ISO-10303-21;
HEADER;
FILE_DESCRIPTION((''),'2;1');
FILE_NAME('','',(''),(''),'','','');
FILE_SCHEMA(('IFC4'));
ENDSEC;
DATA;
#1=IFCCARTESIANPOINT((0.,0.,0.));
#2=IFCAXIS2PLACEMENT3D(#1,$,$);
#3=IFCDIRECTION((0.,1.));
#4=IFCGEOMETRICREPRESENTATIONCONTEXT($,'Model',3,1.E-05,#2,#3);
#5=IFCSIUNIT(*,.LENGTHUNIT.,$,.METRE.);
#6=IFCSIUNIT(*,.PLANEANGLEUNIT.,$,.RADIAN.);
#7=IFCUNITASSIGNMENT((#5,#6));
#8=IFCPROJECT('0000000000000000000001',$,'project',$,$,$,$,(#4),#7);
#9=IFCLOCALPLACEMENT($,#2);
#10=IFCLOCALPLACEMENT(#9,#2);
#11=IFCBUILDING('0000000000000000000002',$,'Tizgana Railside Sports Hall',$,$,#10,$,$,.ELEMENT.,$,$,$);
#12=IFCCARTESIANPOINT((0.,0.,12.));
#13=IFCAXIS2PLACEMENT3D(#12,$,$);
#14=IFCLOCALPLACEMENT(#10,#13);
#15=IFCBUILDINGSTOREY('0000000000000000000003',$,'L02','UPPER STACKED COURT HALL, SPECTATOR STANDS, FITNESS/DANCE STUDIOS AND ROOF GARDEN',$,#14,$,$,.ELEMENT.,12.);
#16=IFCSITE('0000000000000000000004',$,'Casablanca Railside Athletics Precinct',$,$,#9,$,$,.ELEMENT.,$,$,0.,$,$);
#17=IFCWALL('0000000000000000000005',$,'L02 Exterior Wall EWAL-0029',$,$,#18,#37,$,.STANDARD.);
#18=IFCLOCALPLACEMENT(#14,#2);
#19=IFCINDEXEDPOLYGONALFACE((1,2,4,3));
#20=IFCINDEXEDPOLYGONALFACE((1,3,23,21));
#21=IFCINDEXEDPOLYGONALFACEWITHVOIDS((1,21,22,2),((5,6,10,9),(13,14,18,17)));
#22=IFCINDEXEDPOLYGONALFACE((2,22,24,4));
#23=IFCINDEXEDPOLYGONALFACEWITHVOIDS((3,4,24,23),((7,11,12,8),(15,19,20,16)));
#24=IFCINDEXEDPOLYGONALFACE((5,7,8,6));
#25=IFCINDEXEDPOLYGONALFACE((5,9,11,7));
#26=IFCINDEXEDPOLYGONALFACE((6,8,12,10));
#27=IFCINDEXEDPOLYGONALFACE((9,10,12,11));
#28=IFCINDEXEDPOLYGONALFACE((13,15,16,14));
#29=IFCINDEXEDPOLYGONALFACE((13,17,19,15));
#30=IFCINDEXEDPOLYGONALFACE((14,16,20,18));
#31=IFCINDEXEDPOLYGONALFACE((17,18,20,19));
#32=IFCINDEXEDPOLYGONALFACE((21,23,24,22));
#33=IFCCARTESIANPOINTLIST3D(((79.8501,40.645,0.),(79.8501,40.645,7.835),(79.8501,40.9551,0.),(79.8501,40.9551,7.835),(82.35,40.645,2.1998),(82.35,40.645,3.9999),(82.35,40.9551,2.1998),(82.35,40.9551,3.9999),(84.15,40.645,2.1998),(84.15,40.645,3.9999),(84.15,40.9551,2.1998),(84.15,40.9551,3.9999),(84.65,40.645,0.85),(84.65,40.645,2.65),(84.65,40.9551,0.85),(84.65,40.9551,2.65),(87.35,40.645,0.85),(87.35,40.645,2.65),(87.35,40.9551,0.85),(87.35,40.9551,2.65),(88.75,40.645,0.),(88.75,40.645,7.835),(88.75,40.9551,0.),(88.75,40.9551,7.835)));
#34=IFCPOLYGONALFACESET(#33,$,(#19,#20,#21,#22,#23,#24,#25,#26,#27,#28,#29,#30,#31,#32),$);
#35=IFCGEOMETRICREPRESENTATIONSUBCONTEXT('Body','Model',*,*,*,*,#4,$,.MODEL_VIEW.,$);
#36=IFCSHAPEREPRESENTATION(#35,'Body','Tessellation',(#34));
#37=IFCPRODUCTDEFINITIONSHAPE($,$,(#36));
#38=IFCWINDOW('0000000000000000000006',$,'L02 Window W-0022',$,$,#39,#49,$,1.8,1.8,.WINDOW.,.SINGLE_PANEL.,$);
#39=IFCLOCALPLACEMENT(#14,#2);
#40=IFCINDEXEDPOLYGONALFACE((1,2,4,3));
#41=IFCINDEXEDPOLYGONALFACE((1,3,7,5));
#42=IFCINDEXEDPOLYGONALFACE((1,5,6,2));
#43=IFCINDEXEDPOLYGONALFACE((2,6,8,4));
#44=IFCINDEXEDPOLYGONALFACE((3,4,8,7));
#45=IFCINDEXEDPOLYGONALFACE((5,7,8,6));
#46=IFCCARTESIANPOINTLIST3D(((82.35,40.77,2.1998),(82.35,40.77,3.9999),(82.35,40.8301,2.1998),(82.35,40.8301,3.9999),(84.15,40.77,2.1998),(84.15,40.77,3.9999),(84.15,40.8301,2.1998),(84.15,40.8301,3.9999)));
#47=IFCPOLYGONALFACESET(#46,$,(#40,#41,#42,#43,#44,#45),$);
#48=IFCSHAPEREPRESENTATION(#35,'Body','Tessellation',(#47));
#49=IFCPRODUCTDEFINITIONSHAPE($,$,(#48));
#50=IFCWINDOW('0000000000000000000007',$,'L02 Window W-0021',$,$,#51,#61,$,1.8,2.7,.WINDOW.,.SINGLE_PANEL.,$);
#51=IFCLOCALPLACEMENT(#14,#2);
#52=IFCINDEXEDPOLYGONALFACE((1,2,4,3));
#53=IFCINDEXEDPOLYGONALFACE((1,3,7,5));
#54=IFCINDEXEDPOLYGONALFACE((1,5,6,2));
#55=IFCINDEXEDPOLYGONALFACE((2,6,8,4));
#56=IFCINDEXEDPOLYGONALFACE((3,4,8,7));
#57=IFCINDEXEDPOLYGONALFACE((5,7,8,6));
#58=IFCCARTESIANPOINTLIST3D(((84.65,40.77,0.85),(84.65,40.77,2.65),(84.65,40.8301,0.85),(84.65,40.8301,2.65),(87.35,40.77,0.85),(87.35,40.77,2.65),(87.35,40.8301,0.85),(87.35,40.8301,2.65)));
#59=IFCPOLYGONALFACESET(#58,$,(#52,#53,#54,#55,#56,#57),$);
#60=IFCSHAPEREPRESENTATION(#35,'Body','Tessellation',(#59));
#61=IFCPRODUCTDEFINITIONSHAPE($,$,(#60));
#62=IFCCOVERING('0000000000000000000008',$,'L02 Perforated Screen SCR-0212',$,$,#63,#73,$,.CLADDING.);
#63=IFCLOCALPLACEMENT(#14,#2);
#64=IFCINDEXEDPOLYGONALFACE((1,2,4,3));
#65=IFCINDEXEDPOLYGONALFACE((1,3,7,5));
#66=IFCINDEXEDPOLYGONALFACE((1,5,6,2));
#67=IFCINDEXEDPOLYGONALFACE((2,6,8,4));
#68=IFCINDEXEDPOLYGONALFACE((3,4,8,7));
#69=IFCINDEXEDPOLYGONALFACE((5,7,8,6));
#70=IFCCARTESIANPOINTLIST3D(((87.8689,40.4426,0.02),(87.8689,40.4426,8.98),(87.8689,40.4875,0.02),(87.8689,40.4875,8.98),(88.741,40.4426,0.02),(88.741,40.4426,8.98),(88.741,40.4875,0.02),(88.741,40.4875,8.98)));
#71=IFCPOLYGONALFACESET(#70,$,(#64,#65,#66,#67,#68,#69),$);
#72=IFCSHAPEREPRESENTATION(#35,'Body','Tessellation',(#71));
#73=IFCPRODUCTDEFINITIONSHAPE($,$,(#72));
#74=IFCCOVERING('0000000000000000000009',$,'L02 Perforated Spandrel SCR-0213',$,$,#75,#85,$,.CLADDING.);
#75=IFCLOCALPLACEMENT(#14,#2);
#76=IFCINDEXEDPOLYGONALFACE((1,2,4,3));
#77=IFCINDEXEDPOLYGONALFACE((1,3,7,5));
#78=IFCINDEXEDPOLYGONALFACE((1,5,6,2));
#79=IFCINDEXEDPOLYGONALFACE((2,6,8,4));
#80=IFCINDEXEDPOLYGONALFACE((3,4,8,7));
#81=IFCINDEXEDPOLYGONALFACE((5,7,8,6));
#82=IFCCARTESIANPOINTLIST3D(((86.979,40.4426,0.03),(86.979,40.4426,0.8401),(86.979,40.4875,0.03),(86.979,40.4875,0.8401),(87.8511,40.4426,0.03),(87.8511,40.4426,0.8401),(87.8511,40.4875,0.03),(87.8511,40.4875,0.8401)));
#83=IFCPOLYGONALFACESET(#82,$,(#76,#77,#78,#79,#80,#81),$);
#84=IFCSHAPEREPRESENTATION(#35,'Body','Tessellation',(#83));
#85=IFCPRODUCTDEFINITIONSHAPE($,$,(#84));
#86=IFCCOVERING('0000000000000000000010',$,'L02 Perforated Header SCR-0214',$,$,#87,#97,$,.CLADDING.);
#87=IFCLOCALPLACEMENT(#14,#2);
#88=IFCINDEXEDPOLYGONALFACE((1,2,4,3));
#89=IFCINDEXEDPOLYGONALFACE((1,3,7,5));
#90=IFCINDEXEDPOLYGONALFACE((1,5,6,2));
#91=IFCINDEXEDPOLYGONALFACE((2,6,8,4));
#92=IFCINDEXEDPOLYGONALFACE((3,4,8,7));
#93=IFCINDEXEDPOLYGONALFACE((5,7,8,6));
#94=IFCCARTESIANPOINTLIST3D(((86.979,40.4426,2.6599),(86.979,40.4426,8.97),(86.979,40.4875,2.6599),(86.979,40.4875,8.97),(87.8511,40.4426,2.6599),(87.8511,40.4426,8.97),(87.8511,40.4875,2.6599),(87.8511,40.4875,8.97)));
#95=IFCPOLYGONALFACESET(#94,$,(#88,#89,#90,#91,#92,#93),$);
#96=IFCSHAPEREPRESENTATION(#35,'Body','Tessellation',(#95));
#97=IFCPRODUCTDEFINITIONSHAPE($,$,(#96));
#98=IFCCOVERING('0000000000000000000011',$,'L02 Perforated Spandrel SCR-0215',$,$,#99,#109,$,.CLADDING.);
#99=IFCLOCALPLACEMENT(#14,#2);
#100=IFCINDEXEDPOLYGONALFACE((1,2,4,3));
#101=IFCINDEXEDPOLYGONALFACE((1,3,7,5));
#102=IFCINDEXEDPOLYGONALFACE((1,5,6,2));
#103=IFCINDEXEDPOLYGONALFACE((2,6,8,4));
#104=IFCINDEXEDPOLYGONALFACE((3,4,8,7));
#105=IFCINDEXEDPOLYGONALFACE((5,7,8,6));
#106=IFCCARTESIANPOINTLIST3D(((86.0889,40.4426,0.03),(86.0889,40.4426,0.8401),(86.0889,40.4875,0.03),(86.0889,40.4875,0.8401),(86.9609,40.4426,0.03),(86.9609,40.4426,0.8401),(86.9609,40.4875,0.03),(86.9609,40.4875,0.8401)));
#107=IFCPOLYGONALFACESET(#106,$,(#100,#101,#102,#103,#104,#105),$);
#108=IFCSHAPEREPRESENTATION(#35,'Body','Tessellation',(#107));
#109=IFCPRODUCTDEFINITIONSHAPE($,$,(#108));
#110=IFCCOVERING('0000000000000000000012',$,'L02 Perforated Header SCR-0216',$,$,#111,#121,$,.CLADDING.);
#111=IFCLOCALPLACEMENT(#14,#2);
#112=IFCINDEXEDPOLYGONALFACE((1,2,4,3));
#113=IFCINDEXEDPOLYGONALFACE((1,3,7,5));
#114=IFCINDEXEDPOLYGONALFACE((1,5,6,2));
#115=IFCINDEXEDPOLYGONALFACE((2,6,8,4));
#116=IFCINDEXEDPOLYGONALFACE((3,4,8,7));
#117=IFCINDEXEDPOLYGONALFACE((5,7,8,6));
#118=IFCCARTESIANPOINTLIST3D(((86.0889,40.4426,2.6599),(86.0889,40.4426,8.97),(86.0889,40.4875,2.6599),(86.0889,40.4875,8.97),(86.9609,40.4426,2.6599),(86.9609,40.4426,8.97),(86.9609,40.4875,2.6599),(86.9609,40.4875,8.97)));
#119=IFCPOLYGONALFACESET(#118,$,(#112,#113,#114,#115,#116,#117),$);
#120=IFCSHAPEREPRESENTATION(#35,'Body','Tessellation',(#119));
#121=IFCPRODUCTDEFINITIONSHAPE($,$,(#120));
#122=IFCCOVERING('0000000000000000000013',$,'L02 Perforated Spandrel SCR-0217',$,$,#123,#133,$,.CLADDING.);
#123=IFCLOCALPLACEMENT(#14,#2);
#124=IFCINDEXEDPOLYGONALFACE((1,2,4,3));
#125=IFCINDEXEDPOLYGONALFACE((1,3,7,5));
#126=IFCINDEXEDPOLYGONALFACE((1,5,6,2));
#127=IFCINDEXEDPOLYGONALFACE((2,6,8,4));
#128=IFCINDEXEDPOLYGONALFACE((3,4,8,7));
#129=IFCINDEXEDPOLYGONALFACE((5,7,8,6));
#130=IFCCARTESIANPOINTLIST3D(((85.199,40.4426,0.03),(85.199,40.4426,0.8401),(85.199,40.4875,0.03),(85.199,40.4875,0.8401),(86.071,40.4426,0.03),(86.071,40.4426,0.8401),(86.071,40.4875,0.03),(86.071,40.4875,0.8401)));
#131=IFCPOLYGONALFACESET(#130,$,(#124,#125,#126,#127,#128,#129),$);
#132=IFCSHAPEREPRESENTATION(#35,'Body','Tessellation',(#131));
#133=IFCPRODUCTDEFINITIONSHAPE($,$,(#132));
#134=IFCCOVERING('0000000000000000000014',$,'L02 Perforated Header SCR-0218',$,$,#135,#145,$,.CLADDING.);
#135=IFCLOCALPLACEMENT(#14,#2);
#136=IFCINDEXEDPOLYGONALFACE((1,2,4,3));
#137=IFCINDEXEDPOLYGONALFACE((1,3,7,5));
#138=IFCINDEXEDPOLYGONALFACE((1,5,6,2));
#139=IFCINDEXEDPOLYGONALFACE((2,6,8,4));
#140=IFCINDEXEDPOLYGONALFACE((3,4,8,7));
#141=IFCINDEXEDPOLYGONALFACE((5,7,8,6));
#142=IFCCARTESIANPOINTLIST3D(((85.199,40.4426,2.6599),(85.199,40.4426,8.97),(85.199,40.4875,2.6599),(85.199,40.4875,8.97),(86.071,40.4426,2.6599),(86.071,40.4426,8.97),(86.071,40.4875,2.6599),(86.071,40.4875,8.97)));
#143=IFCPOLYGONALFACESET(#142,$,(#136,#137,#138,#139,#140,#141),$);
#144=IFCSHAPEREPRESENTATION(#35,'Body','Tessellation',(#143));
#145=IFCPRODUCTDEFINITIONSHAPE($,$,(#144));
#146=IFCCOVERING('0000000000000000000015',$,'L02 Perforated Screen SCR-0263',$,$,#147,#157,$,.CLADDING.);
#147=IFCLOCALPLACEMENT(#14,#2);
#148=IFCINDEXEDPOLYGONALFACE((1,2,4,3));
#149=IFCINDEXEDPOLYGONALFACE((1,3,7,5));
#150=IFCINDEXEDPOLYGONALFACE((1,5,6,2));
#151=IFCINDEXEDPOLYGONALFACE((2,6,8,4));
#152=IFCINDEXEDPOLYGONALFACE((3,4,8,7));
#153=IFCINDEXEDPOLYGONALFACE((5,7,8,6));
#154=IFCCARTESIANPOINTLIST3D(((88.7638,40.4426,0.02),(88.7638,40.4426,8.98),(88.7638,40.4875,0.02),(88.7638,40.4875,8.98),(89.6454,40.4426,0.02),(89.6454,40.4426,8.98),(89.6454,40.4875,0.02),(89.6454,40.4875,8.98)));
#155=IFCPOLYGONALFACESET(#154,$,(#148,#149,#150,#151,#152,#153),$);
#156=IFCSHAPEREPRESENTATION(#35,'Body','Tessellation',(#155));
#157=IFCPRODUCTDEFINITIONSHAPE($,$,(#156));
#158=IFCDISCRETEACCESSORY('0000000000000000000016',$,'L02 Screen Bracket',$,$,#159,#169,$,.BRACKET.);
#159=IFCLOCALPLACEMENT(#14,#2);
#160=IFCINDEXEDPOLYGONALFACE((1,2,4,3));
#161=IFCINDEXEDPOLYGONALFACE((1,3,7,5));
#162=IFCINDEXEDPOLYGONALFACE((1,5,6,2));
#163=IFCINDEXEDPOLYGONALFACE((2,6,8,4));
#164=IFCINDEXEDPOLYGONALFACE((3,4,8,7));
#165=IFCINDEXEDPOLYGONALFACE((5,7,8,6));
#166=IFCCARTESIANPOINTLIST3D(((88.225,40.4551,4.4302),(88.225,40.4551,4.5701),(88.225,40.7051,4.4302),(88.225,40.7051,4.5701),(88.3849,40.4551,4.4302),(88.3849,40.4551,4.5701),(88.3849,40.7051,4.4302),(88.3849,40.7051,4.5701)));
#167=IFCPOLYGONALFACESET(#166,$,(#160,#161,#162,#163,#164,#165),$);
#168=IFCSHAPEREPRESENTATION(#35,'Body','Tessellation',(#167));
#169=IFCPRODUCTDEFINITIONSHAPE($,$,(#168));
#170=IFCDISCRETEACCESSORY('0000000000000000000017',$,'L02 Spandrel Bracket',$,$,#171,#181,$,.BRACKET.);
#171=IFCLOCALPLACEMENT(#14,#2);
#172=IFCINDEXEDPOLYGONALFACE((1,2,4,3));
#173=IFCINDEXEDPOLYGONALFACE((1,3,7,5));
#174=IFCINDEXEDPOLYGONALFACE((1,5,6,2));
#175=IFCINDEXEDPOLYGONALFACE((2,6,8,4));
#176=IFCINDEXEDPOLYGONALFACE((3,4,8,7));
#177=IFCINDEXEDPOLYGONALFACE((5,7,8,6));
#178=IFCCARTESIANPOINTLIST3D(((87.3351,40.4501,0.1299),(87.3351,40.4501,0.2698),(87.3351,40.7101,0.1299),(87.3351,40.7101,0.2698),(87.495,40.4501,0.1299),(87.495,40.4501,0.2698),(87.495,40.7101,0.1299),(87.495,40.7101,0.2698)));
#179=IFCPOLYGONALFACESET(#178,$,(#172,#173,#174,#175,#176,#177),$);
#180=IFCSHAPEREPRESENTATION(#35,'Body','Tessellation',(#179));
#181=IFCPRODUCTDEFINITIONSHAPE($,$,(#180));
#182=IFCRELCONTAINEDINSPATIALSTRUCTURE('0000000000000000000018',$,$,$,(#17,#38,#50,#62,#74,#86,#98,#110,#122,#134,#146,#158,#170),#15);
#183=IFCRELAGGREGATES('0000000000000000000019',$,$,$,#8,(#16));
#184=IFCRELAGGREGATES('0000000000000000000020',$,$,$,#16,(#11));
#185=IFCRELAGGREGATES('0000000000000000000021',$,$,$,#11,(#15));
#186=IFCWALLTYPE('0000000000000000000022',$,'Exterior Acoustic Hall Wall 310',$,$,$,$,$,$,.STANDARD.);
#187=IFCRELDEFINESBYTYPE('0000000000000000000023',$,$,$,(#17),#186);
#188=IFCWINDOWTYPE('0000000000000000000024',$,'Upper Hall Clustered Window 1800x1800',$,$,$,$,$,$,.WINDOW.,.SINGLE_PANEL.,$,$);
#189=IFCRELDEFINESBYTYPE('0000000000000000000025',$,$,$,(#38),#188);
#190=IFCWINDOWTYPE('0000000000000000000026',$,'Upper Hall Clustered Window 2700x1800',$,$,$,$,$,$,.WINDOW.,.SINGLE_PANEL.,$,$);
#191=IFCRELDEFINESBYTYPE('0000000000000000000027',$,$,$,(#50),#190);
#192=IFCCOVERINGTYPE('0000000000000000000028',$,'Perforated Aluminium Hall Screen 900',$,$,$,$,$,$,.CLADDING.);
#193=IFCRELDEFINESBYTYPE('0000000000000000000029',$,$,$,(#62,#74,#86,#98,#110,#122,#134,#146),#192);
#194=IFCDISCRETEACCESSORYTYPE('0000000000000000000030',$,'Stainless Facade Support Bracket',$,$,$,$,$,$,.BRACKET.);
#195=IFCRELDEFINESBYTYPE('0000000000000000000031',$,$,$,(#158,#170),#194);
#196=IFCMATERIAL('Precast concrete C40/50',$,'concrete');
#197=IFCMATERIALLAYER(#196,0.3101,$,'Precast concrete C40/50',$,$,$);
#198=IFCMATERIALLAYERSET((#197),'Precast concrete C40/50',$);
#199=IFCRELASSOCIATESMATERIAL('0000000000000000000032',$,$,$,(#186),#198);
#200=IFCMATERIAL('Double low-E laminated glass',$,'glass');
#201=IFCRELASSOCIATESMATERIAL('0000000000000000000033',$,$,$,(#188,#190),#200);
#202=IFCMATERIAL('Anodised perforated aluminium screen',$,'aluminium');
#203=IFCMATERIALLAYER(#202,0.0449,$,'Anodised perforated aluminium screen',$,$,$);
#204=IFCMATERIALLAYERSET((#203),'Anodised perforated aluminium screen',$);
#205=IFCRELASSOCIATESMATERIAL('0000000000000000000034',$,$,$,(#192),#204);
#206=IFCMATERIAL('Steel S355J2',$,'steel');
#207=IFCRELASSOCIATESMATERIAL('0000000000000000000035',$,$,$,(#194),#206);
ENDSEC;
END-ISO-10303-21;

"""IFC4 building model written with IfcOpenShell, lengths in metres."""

from ifc_helpers import new_model, si_unit, direction, frame, frame_2d, origin, origin_2d, place, context, subcontext, project, spatial, rectangle, extrude, material, layer, layer_set, type_object, element, fill, save


model = new_model("IFC4")

# Units and contexts
model_context = context("Model", 3, precision=1e-05, world=origin(), true_north=direction((0.0, 1.0)))
body_context = subcontext(model_context, "Body", "Model", "MODEL_VIEW")
ifc_project = project(units=[si_unit("LENGTHUNIT", "METRE"), si_unit("PLANEANGLEUNIT", "RADIAN")], contexts=[model_context])

# Site, building, storey
site_placement = place(None, origin())
site = spatial("IfcSite", under=ifc_project, at=site_placement, Name="Casablanca Railside Athletics Precinct", CompositionType="ELEMENT", RefElevation=0.0)
building_placement = place(site_placement, origin())
building = spatial("IfcBuilding", under=site, at=building_placement, Name="Tizgana Railside Sports Hall", CompositionType="ELEMENT")
storey_placement = place(building_placement, frame((0.0, 0.0, 12.0)))
storey = spatial("IfcBuildingStorey", under=building, at=storey_placement, Name="L02", Description="UPPER STACKED COURT HALL, SPECTATOR STANDS, FITNESS/DANCE STUDIOS AND ROOF GARDEN", CompositionType="ELEMENT", Elevation=12.0)

# Wall, openings, windows
ifc_material_1 = material(Name="Precast concrete C40/50", Category="concrete")
ifc_layer_1 = layer(ifc_material_1, 0.3101, Name="Precast concrete C40/50")
ifc_layer_set_1 = layer_set([ifc_layer_1], Name="Precast concrete C40/50")
wall_type = type_object("IfcWallType", Name="Exterior Acoustic Hall Wall 310", PredefinedType="STANDARD", material=ifc_layer_set_1)
wall_placement = place(storey_placement, frame((88.75, 40.8, 0.0), z_axis=(0.0, 0.0, 1.0), x_axis=(-1.0, 0.0, 0.0)))
wall = element("IfcWall", 1, at=wall_placement, inside=storey, type_object=wall_type, Name="L02 Exterior Wall EWAL-0029", PredefinedType="STANDARD", context=body_context, shape_type="SweptSolid", body=[
    extrude(rectangle(XDim=8.8999, YDim=0.3101, at=frame_2d((4.45, 0.0))), origin(), (0.0, 0.0, 1.0), 7.835),
])
opening_1_placement = place(wall_placement, frame((1.3999, 0.0, 0.8501)))
opening_1 = element("IfcOpeningElement", 2, at=opening_1_placement, cuts=wall, PredefinedType="OPENING", context=body_context, shape_type="SweptSolid", body=[
    extrude(rectangle(XDim=2.7, YDim=1.8, at=frame_2d((1.3501, 0.8999))), frame((0.0, 0.165, 0.0), z_axis=(0.0, -1.0, 0.0), x_axis=(1.0, 0.0, 0.0)), (0.0, 0.0, 1.0), 0.3301),
])
opening_2_placement = place(wall_placement, frame((4.6001, 0.0, 2.2)))
opening_2 = element("IfcOpeningElement", 3, at=opening_2_placement, cuts=wall, PredefinedType="OPENING", context=body_context, shape_type="SweptSolid", body=[
    extrude(rectangle(XDim=1.8, YDim=1.8, at=frame_2d((0.8999, 0.8999))), frame((0.0, 0.165, 0.0), z_axis=(0.0, -1.0, 0.0), x_axis=(1.0, 0.0, 0.0)), (0.0, 0.0, 1.0), 0.3301),
])
ifc_material_2 = material(Name="Double low-E laminated glass", Category="glass")
window_type_1 = type_object("IfcWindowType", Name="Upper Hall Clustered Window 1800x1800", PartitioningType="SINGLE_PANEL", PredefinedType="WINDOW", material=ifc_material_2)
window_1_placement = place(opening_2_placement, origin())
window_1 = element("IfcWindow", 4, at=window_1_placement, inside=storey, type_object=window_type_1, Name="L02 Window W-0022", OverallHeight=1.8, OverallWidth=1.8, PartitioningType="SINGLE_PANEL", PredefinedType="WINDOW", context=body_context, shape_type="SweptSolid", body=[
    extrude(rectangle(XDim=1.8, YDim=1.8, at=frame_2d((0.8999, 0.8999))), frame((0.0, 0.03, 0.0), z_axis=(0.0, -1.0, 0.0), x_axis=(1.0, 0.0, 0.0)), (0.0, 0.0, 1.0), 0.0601),
])
fill(opening_2, window_1)
window_type_2 = type_object("IfcWindowType", Name="Upper Hall Clustered Window 2700x1800", PartitioningType="SINGLE_PANEL", PredefinedType="WINDOW", material=ifc_material_2)
window_2_placement = place(opening_1_placement, origin())
window_2 = element("IfcWindow", 5, at=window_2_placement, inside=storey, type_object=window_type_2, Name="L02 Window W-0021", OverallHeight=1.8, OverallWidth=2.7, PartitioningType="SINGLE_PANEL", PredefinedType="WINDOW", context=body_context, shape_type="SweptSolid", body=[
    extrude(rectangle(XDim=2.7, YDim=1.8, at=frame_2d((1.3501, 0.8999))), frame((0.0, 0.03, 0.0), z_axis=(0.0, -1.0, 0.0), x_axis=(1.0, 0.0, 0.0)), (0.0, 0.0, 1.0), 0.0601),
])
fill(opening_1, window_2)

# Coverings
ifc_material_3 = material(Name="Anodised perforated aluminium screen", Category="aluminium")
ifc_layer_2 = layer(ifc_material_3, 0.0449, Name="Anodised perforated aluminium screen")
ifc_layer_set_2 = layer_set([ifc_layer_2], Name="Anodised perforated aluminium screen")
covering_type = type_object("IfcCoveringType", Name="Perforated Aluminium Hall Screen 900", PredefinedType="CLADDING", material=ifc_layer_set_2)
covering_1_placement = place(storey_placement, frame((88.3049, 40.4651, 0.02), z_axis=(0.0, 0.0, 1.0), x_axis=(-1.0, 0.0, 0.0)))
element("IfcCovering", 6, at=covering_1_placement, inside=storey, type_object=covering_type, Name="L02 Perforated Screen SCR-0212", PredefinedType="CLADDING", context=body_context, shape_type="SweptSolid", body=[
    extrude(rectangle(XDim=0.8721, YDim=0.0449, at=origin_2d()), origin(), (0.0, 0.0, 1.0), 8.96),
])
covering_2_placement = place(storey_placement, frame((87.415, 40.4651, 0.03), z_axis=(0.0, 0.0, 1.0), x_axis=(-1.0, 0.0, 0.0)))
element("IfcCovering", 7, at=covering_2_placement, inside=storey, type_object=covering_type, Name="L02 Perforated Spandrel SCR-0213", PredefinedType="CLADDING", context=body_context, shape_type="SweptSolid", body=[
    extrude(rectangle(XDim=0.8721, YDim=0.0449, at=origin_2d()), origin(), (0.0, 0.0, 1.0), 0.8101),
])
covering_3_placement = place(storey_placement, frame((87.415, 40.4651, 2.6599), z_axis=(0.0, 0.0, 1.0), x_axis=(-1.0, 0.0, 0.0)))
element("IfcCovering", 8, at=covering_3_placement, inside=storey, type_object=covering_type, Name="L02 Perforated Header SCR-0214", PredefinedType="CLADDING", context=body_context, shape_type="SweptSolid", body=[
    extrude(rectangle(XDim=0.8721, YDim=0.0449, at=origin_2d()), origin(), (0.0, 0.0, 1.0), 6.3101),
])
covering_4_placement = place(storey_placement, frame((86.5249, 40.4651, 0.03), z_axis=(0.0, 0.0, 1.0), x_axis=(-1.0, 0.0, 0.0)))
element("IfcCovering", 9, at=covering_4_placement, inside=storey, type_object=covering_type, Name="L02 Perforated Spandrel SCR-0215", PredefinedType="CLADDING", context=body_context, shape_type="SweptSolid", body=[
    extrude(rectangle(XDim=0.8721, YDim=0.0449, at=origin_2d()), origin(), (0.0, 0.0, 1.0), 0.8101),
])
covering_5_placement = place(storey_placement, frame((86.5249, 40.4651, 2.6599), z_axis=(0.0, 0.0, 1.0), x_axis=(-1.0, 0.0, 0.0)))
element("IfcCovering", 10, at=covering_5_placement, inside=storey, type_object=covering_type, Name="L02 Perforated Header SCR-0216", PredefinedType="CLADDING", context=body_context, shape_type="SweptSolid", body=[
    extrude(rectangle(XDim=0.8721, YDim=0.0449, at=origin_2d()), origin(), (0.0, 0.0, 1.0), 6.3101),
])
covering_6_placement = place(storey_placement, frame((85.635, 40.4651, 0.03), z_axis=(0.0, 0.0, 1.0), x_axis=(-1.0, 0.0, 0.0)))
element("IfcCovering", 11, at=covering_6_placement, inside=storey, type_object=covering_type, Name="L02 Perforated Spandrel SCR-0217", PredefinedType="CLADDING", context=body_context, shape_type="SweptSolid", body=[
    extrude(rectangle(XDim=0.8721, YDim=0.0449, at=origin_2d()), origin(), (0.0, 0.0, 1.0), 0.8101),
])
covering_7_placement = place(storey_placement, frame((85.635, 40.4651, 2.6599), z_axis=(0.0, 0.0, 1.0), x_axis=(-1.0, 0.0, 0.0)))
element("IfcCovering", 12, at=covering_7_placement, inside=storey, type_object=covering_type, Name="L02 Perforated Header SCR-0218", PredefinedType="CLADDING", context=body_context, shape_type="SweptSolid", body=[
    extrude(rectangle(XDim=0.8721, YDim=0.0449, at=origin_2d()), origin(), (0.0, 0.0, 1.0), 6.3101),
])
covering_8_placement = place(storey_placement, frame((89.2046, 40.4651, 0.02), z_axis=(0.0, 0.0, 1.0), x_axis=(-1.0, 0.0, 0.0)))
element("IfcCovering", 13, at=covering_8_placement, inside=storey, type_object=covering_type, Name="L02 Perforated Screen SCR-0263", PredefinedType="CLADDING", context=body_context, shape_type="SweptSolid", body=[
    extrude(rectangle(XDim=0.8816, YDim=0.0449, at=origin_2d()), origin(), (0.0, 0.0, 1.0), 8.96),
])

# Discrete accessories
ifc_material_4 = material(Name="Steel S355J2", Category="steel")
discrete_accessory_type = type_object("IfcDiscreteAccessoryType", Name="Stainless Facade Support Bracket", PredefinedType="BRACKET", material=ifc_material_4)
discrete_accessory_1_placement = place(storey_placement, frame((88.3049, 40.5801, 4.4302), z_axis=(0.0, 0.0, 1.0), x_axis=(-1.0, 0.0, 0.0)))
element("IfcDiscreteAccessory", 14, at=discrete_accessory_1_placement, inside=storey, type_object=discrete_accessory_type, Name="L02 Screen Bracket", PredefinedType="BRACKET", context=body_context, shape_type="SweptSolid", body=[
    extrude(rectangle(XDim=0.1599, YDim=0.25, at=origin_2d()), origin(), (0.0, 0.0, 1.0), 0.1399),
])
for number, where, z_axis, x_axis, name in (
    (15, (87.415, 40.5801, 0.1299), (0.0, 0.0, 1.0), (-1.0, 0.0, 0.0), "L02 Spandrel Bracket"),
):
    element("IfcDiscreteAccessory", number, at=place(storey_placement, frame(where, z_axis=z_axis, x_axis=x_axis)), inside=storey, type_object=discrete_accessory_type, Name=name, PredefinedType="BRACKET", context=body_context, shape_type="SweptSolid", body=[
        extrude(rectangle(XDim=0.1599, YDim=0.26, at=origin_2d()), origin(), (0.0, 0.0, 1.0), 0.1399),
    ])

save(model, "model.ifc")
